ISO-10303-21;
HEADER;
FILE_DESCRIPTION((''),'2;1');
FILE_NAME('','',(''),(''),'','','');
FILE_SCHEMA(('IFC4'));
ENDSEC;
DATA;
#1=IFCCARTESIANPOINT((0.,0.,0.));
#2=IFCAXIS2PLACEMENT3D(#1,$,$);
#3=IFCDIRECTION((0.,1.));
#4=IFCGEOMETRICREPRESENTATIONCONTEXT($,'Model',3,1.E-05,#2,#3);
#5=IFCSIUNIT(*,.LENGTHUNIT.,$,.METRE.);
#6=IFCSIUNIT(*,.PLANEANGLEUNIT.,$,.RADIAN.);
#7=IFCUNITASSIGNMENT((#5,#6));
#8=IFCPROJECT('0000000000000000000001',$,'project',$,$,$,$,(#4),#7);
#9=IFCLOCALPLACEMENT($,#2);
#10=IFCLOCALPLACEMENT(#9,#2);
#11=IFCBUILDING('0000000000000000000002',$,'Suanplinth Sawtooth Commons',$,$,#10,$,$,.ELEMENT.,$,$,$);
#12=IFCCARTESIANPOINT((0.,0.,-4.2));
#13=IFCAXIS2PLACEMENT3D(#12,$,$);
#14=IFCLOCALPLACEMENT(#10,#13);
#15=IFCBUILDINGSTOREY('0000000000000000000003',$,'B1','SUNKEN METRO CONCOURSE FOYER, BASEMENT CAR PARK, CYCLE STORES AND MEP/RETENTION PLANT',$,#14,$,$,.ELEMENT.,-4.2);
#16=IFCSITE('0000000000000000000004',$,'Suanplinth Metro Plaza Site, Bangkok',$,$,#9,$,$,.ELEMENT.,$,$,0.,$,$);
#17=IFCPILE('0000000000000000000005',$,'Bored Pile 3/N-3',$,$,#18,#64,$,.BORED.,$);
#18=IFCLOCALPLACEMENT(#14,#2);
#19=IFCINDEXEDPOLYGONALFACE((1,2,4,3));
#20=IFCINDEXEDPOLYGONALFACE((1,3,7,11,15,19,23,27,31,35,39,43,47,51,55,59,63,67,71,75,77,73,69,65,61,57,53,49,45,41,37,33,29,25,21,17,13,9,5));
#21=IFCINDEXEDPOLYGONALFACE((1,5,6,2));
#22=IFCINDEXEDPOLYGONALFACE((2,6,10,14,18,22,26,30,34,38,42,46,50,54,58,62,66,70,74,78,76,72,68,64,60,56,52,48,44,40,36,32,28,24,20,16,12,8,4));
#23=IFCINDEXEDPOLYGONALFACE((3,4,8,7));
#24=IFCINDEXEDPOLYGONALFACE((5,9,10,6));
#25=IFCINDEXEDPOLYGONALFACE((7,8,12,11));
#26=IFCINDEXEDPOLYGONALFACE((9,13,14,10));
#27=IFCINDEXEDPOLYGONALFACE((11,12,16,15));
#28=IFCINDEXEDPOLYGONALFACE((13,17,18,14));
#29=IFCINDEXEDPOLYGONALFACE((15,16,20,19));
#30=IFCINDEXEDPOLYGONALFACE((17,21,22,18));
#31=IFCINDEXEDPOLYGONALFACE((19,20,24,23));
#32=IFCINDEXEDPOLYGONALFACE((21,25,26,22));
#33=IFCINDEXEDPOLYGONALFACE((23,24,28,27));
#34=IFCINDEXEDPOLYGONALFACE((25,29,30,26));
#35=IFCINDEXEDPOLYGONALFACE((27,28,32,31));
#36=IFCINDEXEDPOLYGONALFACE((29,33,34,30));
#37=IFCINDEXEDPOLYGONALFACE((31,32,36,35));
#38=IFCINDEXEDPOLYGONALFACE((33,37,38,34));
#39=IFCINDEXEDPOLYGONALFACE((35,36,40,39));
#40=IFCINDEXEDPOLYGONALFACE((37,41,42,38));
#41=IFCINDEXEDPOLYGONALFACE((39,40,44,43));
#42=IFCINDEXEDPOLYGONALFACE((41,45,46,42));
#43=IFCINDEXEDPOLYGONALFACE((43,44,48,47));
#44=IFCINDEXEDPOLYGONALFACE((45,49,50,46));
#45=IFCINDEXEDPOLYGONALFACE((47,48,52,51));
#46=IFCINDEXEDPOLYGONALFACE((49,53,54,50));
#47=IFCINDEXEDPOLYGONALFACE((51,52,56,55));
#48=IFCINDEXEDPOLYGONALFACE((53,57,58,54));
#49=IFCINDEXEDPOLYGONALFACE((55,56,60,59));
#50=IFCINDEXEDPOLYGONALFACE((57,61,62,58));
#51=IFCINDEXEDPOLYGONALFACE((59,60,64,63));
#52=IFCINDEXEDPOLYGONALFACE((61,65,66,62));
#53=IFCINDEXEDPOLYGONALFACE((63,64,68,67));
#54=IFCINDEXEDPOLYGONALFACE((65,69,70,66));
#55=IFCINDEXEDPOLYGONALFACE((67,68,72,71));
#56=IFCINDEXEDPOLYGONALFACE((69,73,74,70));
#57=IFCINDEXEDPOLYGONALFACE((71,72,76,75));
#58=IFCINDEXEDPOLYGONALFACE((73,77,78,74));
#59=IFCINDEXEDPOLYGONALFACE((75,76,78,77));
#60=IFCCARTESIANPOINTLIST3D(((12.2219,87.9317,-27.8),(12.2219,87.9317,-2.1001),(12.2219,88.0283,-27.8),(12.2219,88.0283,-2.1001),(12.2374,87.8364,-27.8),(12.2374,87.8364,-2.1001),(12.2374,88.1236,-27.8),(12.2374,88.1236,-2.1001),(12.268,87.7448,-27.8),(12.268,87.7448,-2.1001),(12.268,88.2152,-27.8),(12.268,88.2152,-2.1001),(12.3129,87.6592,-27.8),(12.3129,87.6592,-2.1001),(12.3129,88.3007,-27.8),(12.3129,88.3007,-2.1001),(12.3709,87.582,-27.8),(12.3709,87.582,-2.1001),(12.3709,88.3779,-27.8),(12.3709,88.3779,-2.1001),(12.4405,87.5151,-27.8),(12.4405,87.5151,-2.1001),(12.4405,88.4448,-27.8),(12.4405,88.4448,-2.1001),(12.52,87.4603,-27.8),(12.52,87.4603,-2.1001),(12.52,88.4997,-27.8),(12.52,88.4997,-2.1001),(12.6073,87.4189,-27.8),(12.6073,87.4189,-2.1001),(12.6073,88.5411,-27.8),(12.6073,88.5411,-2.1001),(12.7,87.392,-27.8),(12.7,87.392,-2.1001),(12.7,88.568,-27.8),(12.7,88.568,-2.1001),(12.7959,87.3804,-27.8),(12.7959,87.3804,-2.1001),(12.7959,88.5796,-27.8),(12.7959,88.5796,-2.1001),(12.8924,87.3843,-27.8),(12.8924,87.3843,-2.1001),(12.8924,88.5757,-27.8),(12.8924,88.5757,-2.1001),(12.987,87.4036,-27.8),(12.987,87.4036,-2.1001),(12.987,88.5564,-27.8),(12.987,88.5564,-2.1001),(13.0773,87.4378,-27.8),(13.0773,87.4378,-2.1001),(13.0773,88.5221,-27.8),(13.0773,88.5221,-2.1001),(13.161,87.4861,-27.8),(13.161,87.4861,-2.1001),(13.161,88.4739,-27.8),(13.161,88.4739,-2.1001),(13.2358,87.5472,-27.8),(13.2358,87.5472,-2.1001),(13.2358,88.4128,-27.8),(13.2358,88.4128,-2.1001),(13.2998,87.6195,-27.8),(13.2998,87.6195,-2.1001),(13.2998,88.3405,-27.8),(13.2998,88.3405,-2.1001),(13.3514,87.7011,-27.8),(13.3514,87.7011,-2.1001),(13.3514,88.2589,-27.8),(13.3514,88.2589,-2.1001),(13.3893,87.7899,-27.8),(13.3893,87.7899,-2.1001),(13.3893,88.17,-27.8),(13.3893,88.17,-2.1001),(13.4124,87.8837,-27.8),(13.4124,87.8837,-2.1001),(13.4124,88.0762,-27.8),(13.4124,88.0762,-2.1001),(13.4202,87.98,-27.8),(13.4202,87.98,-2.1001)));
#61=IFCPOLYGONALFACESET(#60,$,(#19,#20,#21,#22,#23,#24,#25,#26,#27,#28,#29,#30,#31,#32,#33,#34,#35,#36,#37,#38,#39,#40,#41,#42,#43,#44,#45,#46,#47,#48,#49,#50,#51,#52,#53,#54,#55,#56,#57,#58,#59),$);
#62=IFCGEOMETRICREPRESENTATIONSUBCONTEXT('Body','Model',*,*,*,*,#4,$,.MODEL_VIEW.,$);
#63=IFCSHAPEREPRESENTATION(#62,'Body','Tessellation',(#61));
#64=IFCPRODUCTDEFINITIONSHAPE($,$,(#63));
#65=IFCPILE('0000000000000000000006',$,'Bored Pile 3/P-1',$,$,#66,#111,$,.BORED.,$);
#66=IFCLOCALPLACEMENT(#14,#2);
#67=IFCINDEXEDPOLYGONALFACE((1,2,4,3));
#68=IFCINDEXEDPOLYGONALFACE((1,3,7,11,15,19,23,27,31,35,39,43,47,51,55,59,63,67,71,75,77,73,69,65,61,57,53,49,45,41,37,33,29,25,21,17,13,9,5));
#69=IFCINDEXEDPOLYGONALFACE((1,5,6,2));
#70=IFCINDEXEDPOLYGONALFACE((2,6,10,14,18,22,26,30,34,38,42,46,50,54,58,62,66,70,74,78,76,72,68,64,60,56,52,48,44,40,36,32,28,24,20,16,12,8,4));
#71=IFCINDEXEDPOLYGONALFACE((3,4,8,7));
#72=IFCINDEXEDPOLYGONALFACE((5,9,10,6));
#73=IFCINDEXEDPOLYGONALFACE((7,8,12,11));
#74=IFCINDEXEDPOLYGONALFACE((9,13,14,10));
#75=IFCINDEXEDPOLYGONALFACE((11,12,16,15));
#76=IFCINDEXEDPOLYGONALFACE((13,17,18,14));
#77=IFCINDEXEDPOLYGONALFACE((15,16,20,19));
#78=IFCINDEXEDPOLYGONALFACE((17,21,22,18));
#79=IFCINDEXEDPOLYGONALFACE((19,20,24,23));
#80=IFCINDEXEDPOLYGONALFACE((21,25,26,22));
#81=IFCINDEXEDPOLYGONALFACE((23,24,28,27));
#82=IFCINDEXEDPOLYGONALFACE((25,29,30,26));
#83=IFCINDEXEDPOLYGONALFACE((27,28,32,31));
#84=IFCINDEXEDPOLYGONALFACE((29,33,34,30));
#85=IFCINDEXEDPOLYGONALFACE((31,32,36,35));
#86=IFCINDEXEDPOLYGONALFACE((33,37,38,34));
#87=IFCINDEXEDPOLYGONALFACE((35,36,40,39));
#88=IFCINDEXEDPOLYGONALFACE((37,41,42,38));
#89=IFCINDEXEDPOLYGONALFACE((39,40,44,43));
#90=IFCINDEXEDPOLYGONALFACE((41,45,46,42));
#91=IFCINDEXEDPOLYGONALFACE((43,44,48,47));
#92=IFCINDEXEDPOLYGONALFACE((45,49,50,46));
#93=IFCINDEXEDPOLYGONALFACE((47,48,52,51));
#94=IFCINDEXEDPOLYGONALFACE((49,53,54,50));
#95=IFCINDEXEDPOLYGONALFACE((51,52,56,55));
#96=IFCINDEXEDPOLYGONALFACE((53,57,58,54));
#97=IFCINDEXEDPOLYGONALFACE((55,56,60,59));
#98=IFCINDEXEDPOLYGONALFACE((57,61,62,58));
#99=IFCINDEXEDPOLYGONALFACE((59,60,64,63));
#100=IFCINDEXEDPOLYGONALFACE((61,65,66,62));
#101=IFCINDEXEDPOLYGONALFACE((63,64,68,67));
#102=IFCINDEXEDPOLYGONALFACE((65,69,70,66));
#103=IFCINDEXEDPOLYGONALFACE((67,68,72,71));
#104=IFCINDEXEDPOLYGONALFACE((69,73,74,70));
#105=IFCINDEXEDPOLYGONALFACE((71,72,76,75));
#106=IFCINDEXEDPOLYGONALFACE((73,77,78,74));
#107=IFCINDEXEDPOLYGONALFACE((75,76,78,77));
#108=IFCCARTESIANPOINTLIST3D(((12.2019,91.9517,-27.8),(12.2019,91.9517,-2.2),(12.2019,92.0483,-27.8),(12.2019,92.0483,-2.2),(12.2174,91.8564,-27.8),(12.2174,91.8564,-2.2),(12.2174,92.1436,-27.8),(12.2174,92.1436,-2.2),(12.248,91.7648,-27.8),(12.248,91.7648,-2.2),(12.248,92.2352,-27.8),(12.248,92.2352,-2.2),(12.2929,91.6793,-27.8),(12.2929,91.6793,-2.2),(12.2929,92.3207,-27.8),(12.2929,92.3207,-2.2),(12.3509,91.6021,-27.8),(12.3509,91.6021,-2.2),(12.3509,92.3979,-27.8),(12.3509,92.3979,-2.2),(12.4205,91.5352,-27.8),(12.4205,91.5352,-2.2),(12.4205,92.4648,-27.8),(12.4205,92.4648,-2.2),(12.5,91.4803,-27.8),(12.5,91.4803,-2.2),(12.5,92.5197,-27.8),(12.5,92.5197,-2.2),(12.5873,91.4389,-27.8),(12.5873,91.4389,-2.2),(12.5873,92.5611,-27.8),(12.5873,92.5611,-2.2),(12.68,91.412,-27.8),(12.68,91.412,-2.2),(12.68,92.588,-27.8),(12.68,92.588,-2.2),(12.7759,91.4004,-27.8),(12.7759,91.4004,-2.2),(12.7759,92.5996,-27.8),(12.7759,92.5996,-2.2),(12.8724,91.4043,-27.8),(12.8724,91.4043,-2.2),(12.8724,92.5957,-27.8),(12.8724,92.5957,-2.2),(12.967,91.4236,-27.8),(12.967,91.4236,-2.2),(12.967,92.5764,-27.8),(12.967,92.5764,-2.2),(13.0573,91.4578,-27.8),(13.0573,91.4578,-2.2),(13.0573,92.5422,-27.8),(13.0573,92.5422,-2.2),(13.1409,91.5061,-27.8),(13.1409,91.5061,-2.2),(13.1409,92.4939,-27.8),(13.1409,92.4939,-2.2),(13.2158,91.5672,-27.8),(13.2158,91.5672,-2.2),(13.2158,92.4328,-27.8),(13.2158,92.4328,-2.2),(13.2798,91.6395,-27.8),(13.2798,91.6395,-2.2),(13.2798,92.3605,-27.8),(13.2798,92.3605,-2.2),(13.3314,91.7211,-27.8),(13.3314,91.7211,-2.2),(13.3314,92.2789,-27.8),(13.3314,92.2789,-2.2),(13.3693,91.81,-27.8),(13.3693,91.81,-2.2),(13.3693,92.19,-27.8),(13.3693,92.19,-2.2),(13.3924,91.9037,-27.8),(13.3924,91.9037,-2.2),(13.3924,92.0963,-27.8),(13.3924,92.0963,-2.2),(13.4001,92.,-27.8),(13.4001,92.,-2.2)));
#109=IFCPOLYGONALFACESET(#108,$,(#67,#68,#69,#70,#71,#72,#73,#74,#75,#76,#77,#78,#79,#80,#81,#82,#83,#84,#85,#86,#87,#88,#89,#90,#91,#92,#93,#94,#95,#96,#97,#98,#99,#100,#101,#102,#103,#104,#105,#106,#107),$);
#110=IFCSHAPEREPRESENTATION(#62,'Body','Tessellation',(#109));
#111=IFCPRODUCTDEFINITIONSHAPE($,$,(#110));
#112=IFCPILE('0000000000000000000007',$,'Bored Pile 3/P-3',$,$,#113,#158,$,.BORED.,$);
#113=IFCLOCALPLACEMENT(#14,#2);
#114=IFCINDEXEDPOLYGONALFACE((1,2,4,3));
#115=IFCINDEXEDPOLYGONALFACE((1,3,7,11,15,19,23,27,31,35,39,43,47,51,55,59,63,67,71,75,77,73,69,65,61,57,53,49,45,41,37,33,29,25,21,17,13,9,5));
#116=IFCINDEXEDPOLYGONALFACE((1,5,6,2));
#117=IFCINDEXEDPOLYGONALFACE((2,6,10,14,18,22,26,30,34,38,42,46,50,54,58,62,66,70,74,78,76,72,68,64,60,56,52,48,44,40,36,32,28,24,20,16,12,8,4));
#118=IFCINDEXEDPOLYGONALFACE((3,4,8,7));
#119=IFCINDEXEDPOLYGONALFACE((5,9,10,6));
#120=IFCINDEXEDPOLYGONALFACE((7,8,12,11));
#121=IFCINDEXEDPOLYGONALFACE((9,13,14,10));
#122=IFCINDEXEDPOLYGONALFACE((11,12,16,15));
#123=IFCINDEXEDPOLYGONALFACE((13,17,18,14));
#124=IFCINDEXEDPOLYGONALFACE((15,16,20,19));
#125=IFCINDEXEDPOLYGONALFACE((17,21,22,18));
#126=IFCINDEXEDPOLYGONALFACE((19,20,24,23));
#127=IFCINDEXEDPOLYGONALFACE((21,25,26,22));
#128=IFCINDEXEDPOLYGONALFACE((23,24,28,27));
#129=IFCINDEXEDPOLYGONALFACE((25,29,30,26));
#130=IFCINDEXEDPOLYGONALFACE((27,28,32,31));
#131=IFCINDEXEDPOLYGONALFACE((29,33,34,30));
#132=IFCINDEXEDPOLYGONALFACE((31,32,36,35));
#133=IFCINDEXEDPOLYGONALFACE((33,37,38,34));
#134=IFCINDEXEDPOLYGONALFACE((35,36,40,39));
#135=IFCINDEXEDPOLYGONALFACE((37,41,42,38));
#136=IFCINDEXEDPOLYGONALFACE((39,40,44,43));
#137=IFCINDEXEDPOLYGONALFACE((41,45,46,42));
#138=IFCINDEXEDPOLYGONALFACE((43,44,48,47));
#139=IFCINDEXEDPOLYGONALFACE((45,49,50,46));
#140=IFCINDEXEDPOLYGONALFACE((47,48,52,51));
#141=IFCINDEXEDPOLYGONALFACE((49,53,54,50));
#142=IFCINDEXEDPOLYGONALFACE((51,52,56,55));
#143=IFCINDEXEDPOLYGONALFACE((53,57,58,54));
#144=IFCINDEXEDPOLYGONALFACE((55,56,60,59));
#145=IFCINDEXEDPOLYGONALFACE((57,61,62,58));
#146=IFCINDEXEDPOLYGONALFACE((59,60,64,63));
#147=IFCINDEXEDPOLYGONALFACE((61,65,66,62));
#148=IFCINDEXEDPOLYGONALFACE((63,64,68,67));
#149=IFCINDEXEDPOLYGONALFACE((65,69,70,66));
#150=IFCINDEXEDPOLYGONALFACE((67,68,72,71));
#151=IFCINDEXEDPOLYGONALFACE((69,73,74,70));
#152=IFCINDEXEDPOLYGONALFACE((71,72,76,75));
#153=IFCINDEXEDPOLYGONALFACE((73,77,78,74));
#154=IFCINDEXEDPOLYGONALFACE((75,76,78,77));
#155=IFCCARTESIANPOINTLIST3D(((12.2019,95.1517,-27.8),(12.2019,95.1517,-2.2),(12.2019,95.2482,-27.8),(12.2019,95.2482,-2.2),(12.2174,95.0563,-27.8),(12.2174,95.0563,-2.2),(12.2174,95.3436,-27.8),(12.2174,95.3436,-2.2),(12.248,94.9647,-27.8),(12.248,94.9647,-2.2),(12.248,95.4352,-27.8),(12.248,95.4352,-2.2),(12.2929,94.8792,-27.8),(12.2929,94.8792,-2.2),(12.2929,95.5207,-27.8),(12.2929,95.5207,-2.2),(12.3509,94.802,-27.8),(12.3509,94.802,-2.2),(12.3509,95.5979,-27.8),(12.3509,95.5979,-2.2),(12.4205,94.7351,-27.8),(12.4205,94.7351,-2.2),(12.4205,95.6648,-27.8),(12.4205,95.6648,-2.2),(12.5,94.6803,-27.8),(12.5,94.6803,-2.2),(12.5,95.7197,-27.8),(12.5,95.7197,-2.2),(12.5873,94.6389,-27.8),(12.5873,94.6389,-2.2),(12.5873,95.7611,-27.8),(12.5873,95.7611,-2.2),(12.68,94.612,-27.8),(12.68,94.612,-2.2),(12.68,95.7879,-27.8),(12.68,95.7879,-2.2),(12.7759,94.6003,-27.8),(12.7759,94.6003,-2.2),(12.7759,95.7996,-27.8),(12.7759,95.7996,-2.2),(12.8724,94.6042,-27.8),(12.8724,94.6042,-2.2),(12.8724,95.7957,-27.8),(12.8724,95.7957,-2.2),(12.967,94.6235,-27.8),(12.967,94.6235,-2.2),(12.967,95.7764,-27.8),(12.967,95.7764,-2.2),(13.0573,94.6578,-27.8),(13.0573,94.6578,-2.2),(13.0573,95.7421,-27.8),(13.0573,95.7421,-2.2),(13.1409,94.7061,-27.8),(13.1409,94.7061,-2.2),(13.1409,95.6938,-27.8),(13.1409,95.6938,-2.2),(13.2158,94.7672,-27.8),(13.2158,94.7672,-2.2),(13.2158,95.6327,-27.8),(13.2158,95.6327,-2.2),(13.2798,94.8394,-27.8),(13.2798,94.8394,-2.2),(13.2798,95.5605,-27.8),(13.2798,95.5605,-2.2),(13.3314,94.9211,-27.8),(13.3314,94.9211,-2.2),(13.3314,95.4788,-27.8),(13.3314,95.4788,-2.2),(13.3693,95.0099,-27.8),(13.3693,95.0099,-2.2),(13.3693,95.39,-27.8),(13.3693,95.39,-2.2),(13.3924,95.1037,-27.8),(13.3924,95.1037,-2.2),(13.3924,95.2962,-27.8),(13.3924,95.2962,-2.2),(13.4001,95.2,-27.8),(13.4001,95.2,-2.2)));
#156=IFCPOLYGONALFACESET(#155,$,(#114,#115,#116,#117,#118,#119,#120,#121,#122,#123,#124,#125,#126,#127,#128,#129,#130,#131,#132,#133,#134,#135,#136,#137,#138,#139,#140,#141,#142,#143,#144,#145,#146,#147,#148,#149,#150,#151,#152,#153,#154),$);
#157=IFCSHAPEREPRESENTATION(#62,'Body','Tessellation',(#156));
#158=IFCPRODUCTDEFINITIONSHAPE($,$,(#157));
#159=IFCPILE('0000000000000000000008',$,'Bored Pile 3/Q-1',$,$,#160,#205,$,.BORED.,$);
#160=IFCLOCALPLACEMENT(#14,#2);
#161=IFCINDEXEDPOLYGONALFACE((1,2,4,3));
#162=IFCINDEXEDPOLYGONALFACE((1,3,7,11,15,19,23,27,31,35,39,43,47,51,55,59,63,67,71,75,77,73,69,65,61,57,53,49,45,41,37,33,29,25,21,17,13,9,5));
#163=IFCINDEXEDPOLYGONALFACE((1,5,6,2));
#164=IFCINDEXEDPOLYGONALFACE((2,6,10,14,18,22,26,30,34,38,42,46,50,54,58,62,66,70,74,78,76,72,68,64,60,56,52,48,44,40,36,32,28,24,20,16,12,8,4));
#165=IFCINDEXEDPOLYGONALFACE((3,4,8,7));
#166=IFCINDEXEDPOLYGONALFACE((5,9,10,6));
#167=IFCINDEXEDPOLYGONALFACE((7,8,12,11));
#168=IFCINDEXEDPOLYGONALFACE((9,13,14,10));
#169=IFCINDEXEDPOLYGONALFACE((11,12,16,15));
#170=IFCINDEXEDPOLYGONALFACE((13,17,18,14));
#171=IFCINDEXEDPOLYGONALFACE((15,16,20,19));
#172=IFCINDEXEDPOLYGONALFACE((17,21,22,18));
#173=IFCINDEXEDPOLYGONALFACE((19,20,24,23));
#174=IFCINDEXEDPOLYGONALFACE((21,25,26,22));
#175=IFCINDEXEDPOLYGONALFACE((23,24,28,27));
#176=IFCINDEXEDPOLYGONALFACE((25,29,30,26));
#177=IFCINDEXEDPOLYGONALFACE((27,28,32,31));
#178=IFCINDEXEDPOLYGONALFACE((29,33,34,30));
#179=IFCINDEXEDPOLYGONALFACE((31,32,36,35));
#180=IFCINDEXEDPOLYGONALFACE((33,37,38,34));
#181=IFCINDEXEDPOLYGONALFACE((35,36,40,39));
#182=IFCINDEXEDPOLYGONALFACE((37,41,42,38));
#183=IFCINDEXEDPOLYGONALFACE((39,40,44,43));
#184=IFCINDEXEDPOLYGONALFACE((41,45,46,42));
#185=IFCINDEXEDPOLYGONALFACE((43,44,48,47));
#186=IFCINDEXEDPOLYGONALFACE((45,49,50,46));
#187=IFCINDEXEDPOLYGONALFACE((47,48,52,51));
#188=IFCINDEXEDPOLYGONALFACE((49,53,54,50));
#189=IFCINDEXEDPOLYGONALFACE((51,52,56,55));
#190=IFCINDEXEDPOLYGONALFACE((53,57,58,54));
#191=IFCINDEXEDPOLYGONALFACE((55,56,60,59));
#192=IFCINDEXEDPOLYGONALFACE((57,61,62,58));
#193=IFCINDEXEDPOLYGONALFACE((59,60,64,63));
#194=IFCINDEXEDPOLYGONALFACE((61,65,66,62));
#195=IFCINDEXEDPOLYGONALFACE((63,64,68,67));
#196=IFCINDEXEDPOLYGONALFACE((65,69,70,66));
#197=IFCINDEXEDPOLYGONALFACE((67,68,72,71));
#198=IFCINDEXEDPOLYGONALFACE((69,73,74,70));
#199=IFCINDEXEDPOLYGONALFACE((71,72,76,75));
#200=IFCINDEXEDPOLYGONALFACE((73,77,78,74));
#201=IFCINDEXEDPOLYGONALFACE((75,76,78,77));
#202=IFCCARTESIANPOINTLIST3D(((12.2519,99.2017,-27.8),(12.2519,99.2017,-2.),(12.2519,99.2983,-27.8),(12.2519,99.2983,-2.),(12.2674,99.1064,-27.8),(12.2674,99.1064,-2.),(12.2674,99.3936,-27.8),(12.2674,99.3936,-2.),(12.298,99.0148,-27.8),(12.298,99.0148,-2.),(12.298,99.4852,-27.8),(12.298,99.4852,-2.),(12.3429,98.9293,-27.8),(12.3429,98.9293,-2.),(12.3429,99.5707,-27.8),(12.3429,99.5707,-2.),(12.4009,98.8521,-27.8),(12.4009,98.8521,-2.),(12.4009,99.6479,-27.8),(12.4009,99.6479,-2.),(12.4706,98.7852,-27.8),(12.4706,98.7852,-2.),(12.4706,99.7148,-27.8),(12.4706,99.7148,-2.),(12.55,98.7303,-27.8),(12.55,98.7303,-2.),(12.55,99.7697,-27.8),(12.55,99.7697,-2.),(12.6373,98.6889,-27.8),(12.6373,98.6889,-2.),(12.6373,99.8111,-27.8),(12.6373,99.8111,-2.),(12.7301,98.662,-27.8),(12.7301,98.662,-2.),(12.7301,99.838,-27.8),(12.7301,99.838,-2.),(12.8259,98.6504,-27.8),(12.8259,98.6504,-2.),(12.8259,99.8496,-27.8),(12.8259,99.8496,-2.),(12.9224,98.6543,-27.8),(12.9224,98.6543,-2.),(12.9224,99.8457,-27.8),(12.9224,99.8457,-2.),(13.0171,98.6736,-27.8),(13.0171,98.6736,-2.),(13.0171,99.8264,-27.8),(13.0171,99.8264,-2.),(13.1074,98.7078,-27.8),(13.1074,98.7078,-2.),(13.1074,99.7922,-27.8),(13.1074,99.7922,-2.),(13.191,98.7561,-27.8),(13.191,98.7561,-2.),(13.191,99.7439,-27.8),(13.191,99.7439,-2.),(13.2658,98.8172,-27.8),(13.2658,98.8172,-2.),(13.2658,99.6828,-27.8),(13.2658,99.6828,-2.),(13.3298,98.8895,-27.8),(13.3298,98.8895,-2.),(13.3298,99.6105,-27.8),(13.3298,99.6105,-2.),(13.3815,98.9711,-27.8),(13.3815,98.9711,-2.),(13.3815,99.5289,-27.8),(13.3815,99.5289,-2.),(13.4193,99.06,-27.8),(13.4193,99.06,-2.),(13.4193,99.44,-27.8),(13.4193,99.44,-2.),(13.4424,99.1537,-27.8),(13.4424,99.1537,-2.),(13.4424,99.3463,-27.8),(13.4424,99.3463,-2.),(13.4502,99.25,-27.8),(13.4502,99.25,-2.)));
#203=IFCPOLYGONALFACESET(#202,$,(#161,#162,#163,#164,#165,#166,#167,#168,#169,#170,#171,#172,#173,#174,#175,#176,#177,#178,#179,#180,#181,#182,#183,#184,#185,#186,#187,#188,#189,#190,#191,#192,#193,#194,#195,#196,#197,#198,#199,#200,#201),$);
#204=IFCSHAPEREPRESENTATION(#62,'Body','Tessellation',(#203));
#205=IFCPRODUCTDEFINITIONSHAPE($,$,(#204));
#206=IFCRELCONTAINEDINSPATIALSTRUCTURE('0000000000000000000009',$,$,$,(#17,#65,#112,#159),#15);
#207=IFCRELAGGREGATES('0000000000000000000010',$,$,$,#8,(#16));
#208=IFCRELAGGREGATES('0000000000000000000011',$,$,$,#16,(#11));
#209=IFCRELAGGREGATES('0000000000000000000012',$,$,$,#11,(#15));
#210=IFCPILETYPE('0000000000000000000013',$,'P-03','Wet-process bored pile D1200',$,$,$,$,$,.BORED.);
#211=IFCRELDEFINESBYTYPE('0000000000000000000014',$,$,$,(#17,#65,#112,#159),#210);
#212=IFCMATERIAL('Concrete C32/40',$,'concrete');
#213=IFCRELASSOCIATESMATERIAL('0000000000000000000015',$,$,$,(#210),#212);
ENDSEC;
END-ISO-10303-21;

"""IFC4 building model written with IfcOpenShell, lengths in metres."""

from ifc_helpers import new_model, si_unit, direction, frame, origin, origin_2d, place, context, subcontext, project, spatial, circle, extrude, material, material_profile, profile_set, type_object, element, save


model = new_model("IFC4")

# Units and contexts
model_context = context("Model", 3, precision=1e-05, world=origin(), true_north=direction((0.0, 1.0)))
body_context = subcontext(model_context, "Body", "Model", "MODEL_VIEW")
ifc_project = project(units=[si_unit("LENGTHUNIT", "METRE"), si_unit("PLANEANGLEUNIT", "RADIAN")], contexts=[model_context])

# Site, building, storey
site_placement = place(None, origin())
site = spatial("IfcSite", under=ifc_project, at=site_placement, Name="Suanplinth Metro Plaza Site, Bangkok", CompositionType="ELEMENT", RefElevation=0.0)
building_placement = place(site_placement, origin())
building = spatial("IfcBuilding", under=site, at=building_placement, Name="Suanplinth Sawtooth Commons", CompositionType="ELEMENT")
storey_placement = place(building_placement, frame((0.0, 0.0, -4.2)))
storey = spatial("IfcBuildingStorey", under=building, at=storey_placement, Name="B1", Description="SUNKEN METRO CONCOURSE FOYER, BASEMENT CAR PARK, CYCLE STORES AND MEP/RETENTION PLANT", CompositionType="ELEMENT", Elevation=-4.2)

# Piles
ifc_material_1 = material(Name="Concrete C32/40", Category="concrete")
ifc_material_profile_1 = material_profile(ifc_material_1, circle(Radius=0.6001, at=origin_2d()), Name="PILE D1200")
ifc_profile_set_1 = profile_set([ifc_material_profile_1], Name="Concrete C32/40")
pile_type = type_object("IfcPileType", Name="P-03", Description="Wet-process bored pile D1200", PredefinedType="BORED", material=ifc_profile_set_1)
pile_1_placement = place(storey_placement, frame((12.8201, 87.98, -2.1001), z_axis=(0.0, 0.0, -1.0), x_axis=(1.0, 0.0, 0.0)))
element("IfcPile", 1, at=pile_1_placement, inside=storey, type_object=pile_type, Name="Bored Pile 3/N-3", PredefinedType="BORED", context=body_context, shape_type="SweptSolid", body=[
    extrude(circle(Radius=0.6001, at=origin_2d()), origin(), (0.0, 0.0, 1.0), 25.7),
])
for number, where, z_axis, x_axis, name in (
    (2, (12.8, 92.0, -2.2), (0.0, 0.0, -1.0), (1.0, 0.0, 0.0), "Bored Pile 3/P-1"),
    (3, (12.8, 95.2, -2.2), (0.0, 0.0, -1.0), (1.0, 0.0, 0.0), "Bored Pile 3/P-3"),
):
    element("IfcPile", number, at=place(storey_placement, frame(where, z_axis=z_axis, x_axis=x_axis)), inside=storey, type_object=pile_type, Name=name, PredefinedType="BORED", context=body_context, shape_type="SweptSolid", body=[
        extrude(circle(Radius=0.6001, at=origin_2d()), origin(), (0.0, 0.0, 1.0), 25.6001),
    ])
for number, where, z_axis, x_axis, name in (
    (4, (12.8501, 99.25, -2.0), (0.0, 0.0, -1.0), (1.0, 0.0, 0.0), "Bored Pile 3/Q-1"),
):
    element("IfcPile", number, at=place(storey_placement, frame(where, z_axis=z_axis, x_axis=x_axis)), inside=storey, type_object=pile_type, Name=name, PredefinedType="BORED", context=body_context, shape_type="SweptSolid", body=[
        extrude(circle(Radius=0.6001, at=origin_2d()), origin(), (0.0, 0.0, 1.0), 25.8),
    ])

save(model, "model.ifc")
